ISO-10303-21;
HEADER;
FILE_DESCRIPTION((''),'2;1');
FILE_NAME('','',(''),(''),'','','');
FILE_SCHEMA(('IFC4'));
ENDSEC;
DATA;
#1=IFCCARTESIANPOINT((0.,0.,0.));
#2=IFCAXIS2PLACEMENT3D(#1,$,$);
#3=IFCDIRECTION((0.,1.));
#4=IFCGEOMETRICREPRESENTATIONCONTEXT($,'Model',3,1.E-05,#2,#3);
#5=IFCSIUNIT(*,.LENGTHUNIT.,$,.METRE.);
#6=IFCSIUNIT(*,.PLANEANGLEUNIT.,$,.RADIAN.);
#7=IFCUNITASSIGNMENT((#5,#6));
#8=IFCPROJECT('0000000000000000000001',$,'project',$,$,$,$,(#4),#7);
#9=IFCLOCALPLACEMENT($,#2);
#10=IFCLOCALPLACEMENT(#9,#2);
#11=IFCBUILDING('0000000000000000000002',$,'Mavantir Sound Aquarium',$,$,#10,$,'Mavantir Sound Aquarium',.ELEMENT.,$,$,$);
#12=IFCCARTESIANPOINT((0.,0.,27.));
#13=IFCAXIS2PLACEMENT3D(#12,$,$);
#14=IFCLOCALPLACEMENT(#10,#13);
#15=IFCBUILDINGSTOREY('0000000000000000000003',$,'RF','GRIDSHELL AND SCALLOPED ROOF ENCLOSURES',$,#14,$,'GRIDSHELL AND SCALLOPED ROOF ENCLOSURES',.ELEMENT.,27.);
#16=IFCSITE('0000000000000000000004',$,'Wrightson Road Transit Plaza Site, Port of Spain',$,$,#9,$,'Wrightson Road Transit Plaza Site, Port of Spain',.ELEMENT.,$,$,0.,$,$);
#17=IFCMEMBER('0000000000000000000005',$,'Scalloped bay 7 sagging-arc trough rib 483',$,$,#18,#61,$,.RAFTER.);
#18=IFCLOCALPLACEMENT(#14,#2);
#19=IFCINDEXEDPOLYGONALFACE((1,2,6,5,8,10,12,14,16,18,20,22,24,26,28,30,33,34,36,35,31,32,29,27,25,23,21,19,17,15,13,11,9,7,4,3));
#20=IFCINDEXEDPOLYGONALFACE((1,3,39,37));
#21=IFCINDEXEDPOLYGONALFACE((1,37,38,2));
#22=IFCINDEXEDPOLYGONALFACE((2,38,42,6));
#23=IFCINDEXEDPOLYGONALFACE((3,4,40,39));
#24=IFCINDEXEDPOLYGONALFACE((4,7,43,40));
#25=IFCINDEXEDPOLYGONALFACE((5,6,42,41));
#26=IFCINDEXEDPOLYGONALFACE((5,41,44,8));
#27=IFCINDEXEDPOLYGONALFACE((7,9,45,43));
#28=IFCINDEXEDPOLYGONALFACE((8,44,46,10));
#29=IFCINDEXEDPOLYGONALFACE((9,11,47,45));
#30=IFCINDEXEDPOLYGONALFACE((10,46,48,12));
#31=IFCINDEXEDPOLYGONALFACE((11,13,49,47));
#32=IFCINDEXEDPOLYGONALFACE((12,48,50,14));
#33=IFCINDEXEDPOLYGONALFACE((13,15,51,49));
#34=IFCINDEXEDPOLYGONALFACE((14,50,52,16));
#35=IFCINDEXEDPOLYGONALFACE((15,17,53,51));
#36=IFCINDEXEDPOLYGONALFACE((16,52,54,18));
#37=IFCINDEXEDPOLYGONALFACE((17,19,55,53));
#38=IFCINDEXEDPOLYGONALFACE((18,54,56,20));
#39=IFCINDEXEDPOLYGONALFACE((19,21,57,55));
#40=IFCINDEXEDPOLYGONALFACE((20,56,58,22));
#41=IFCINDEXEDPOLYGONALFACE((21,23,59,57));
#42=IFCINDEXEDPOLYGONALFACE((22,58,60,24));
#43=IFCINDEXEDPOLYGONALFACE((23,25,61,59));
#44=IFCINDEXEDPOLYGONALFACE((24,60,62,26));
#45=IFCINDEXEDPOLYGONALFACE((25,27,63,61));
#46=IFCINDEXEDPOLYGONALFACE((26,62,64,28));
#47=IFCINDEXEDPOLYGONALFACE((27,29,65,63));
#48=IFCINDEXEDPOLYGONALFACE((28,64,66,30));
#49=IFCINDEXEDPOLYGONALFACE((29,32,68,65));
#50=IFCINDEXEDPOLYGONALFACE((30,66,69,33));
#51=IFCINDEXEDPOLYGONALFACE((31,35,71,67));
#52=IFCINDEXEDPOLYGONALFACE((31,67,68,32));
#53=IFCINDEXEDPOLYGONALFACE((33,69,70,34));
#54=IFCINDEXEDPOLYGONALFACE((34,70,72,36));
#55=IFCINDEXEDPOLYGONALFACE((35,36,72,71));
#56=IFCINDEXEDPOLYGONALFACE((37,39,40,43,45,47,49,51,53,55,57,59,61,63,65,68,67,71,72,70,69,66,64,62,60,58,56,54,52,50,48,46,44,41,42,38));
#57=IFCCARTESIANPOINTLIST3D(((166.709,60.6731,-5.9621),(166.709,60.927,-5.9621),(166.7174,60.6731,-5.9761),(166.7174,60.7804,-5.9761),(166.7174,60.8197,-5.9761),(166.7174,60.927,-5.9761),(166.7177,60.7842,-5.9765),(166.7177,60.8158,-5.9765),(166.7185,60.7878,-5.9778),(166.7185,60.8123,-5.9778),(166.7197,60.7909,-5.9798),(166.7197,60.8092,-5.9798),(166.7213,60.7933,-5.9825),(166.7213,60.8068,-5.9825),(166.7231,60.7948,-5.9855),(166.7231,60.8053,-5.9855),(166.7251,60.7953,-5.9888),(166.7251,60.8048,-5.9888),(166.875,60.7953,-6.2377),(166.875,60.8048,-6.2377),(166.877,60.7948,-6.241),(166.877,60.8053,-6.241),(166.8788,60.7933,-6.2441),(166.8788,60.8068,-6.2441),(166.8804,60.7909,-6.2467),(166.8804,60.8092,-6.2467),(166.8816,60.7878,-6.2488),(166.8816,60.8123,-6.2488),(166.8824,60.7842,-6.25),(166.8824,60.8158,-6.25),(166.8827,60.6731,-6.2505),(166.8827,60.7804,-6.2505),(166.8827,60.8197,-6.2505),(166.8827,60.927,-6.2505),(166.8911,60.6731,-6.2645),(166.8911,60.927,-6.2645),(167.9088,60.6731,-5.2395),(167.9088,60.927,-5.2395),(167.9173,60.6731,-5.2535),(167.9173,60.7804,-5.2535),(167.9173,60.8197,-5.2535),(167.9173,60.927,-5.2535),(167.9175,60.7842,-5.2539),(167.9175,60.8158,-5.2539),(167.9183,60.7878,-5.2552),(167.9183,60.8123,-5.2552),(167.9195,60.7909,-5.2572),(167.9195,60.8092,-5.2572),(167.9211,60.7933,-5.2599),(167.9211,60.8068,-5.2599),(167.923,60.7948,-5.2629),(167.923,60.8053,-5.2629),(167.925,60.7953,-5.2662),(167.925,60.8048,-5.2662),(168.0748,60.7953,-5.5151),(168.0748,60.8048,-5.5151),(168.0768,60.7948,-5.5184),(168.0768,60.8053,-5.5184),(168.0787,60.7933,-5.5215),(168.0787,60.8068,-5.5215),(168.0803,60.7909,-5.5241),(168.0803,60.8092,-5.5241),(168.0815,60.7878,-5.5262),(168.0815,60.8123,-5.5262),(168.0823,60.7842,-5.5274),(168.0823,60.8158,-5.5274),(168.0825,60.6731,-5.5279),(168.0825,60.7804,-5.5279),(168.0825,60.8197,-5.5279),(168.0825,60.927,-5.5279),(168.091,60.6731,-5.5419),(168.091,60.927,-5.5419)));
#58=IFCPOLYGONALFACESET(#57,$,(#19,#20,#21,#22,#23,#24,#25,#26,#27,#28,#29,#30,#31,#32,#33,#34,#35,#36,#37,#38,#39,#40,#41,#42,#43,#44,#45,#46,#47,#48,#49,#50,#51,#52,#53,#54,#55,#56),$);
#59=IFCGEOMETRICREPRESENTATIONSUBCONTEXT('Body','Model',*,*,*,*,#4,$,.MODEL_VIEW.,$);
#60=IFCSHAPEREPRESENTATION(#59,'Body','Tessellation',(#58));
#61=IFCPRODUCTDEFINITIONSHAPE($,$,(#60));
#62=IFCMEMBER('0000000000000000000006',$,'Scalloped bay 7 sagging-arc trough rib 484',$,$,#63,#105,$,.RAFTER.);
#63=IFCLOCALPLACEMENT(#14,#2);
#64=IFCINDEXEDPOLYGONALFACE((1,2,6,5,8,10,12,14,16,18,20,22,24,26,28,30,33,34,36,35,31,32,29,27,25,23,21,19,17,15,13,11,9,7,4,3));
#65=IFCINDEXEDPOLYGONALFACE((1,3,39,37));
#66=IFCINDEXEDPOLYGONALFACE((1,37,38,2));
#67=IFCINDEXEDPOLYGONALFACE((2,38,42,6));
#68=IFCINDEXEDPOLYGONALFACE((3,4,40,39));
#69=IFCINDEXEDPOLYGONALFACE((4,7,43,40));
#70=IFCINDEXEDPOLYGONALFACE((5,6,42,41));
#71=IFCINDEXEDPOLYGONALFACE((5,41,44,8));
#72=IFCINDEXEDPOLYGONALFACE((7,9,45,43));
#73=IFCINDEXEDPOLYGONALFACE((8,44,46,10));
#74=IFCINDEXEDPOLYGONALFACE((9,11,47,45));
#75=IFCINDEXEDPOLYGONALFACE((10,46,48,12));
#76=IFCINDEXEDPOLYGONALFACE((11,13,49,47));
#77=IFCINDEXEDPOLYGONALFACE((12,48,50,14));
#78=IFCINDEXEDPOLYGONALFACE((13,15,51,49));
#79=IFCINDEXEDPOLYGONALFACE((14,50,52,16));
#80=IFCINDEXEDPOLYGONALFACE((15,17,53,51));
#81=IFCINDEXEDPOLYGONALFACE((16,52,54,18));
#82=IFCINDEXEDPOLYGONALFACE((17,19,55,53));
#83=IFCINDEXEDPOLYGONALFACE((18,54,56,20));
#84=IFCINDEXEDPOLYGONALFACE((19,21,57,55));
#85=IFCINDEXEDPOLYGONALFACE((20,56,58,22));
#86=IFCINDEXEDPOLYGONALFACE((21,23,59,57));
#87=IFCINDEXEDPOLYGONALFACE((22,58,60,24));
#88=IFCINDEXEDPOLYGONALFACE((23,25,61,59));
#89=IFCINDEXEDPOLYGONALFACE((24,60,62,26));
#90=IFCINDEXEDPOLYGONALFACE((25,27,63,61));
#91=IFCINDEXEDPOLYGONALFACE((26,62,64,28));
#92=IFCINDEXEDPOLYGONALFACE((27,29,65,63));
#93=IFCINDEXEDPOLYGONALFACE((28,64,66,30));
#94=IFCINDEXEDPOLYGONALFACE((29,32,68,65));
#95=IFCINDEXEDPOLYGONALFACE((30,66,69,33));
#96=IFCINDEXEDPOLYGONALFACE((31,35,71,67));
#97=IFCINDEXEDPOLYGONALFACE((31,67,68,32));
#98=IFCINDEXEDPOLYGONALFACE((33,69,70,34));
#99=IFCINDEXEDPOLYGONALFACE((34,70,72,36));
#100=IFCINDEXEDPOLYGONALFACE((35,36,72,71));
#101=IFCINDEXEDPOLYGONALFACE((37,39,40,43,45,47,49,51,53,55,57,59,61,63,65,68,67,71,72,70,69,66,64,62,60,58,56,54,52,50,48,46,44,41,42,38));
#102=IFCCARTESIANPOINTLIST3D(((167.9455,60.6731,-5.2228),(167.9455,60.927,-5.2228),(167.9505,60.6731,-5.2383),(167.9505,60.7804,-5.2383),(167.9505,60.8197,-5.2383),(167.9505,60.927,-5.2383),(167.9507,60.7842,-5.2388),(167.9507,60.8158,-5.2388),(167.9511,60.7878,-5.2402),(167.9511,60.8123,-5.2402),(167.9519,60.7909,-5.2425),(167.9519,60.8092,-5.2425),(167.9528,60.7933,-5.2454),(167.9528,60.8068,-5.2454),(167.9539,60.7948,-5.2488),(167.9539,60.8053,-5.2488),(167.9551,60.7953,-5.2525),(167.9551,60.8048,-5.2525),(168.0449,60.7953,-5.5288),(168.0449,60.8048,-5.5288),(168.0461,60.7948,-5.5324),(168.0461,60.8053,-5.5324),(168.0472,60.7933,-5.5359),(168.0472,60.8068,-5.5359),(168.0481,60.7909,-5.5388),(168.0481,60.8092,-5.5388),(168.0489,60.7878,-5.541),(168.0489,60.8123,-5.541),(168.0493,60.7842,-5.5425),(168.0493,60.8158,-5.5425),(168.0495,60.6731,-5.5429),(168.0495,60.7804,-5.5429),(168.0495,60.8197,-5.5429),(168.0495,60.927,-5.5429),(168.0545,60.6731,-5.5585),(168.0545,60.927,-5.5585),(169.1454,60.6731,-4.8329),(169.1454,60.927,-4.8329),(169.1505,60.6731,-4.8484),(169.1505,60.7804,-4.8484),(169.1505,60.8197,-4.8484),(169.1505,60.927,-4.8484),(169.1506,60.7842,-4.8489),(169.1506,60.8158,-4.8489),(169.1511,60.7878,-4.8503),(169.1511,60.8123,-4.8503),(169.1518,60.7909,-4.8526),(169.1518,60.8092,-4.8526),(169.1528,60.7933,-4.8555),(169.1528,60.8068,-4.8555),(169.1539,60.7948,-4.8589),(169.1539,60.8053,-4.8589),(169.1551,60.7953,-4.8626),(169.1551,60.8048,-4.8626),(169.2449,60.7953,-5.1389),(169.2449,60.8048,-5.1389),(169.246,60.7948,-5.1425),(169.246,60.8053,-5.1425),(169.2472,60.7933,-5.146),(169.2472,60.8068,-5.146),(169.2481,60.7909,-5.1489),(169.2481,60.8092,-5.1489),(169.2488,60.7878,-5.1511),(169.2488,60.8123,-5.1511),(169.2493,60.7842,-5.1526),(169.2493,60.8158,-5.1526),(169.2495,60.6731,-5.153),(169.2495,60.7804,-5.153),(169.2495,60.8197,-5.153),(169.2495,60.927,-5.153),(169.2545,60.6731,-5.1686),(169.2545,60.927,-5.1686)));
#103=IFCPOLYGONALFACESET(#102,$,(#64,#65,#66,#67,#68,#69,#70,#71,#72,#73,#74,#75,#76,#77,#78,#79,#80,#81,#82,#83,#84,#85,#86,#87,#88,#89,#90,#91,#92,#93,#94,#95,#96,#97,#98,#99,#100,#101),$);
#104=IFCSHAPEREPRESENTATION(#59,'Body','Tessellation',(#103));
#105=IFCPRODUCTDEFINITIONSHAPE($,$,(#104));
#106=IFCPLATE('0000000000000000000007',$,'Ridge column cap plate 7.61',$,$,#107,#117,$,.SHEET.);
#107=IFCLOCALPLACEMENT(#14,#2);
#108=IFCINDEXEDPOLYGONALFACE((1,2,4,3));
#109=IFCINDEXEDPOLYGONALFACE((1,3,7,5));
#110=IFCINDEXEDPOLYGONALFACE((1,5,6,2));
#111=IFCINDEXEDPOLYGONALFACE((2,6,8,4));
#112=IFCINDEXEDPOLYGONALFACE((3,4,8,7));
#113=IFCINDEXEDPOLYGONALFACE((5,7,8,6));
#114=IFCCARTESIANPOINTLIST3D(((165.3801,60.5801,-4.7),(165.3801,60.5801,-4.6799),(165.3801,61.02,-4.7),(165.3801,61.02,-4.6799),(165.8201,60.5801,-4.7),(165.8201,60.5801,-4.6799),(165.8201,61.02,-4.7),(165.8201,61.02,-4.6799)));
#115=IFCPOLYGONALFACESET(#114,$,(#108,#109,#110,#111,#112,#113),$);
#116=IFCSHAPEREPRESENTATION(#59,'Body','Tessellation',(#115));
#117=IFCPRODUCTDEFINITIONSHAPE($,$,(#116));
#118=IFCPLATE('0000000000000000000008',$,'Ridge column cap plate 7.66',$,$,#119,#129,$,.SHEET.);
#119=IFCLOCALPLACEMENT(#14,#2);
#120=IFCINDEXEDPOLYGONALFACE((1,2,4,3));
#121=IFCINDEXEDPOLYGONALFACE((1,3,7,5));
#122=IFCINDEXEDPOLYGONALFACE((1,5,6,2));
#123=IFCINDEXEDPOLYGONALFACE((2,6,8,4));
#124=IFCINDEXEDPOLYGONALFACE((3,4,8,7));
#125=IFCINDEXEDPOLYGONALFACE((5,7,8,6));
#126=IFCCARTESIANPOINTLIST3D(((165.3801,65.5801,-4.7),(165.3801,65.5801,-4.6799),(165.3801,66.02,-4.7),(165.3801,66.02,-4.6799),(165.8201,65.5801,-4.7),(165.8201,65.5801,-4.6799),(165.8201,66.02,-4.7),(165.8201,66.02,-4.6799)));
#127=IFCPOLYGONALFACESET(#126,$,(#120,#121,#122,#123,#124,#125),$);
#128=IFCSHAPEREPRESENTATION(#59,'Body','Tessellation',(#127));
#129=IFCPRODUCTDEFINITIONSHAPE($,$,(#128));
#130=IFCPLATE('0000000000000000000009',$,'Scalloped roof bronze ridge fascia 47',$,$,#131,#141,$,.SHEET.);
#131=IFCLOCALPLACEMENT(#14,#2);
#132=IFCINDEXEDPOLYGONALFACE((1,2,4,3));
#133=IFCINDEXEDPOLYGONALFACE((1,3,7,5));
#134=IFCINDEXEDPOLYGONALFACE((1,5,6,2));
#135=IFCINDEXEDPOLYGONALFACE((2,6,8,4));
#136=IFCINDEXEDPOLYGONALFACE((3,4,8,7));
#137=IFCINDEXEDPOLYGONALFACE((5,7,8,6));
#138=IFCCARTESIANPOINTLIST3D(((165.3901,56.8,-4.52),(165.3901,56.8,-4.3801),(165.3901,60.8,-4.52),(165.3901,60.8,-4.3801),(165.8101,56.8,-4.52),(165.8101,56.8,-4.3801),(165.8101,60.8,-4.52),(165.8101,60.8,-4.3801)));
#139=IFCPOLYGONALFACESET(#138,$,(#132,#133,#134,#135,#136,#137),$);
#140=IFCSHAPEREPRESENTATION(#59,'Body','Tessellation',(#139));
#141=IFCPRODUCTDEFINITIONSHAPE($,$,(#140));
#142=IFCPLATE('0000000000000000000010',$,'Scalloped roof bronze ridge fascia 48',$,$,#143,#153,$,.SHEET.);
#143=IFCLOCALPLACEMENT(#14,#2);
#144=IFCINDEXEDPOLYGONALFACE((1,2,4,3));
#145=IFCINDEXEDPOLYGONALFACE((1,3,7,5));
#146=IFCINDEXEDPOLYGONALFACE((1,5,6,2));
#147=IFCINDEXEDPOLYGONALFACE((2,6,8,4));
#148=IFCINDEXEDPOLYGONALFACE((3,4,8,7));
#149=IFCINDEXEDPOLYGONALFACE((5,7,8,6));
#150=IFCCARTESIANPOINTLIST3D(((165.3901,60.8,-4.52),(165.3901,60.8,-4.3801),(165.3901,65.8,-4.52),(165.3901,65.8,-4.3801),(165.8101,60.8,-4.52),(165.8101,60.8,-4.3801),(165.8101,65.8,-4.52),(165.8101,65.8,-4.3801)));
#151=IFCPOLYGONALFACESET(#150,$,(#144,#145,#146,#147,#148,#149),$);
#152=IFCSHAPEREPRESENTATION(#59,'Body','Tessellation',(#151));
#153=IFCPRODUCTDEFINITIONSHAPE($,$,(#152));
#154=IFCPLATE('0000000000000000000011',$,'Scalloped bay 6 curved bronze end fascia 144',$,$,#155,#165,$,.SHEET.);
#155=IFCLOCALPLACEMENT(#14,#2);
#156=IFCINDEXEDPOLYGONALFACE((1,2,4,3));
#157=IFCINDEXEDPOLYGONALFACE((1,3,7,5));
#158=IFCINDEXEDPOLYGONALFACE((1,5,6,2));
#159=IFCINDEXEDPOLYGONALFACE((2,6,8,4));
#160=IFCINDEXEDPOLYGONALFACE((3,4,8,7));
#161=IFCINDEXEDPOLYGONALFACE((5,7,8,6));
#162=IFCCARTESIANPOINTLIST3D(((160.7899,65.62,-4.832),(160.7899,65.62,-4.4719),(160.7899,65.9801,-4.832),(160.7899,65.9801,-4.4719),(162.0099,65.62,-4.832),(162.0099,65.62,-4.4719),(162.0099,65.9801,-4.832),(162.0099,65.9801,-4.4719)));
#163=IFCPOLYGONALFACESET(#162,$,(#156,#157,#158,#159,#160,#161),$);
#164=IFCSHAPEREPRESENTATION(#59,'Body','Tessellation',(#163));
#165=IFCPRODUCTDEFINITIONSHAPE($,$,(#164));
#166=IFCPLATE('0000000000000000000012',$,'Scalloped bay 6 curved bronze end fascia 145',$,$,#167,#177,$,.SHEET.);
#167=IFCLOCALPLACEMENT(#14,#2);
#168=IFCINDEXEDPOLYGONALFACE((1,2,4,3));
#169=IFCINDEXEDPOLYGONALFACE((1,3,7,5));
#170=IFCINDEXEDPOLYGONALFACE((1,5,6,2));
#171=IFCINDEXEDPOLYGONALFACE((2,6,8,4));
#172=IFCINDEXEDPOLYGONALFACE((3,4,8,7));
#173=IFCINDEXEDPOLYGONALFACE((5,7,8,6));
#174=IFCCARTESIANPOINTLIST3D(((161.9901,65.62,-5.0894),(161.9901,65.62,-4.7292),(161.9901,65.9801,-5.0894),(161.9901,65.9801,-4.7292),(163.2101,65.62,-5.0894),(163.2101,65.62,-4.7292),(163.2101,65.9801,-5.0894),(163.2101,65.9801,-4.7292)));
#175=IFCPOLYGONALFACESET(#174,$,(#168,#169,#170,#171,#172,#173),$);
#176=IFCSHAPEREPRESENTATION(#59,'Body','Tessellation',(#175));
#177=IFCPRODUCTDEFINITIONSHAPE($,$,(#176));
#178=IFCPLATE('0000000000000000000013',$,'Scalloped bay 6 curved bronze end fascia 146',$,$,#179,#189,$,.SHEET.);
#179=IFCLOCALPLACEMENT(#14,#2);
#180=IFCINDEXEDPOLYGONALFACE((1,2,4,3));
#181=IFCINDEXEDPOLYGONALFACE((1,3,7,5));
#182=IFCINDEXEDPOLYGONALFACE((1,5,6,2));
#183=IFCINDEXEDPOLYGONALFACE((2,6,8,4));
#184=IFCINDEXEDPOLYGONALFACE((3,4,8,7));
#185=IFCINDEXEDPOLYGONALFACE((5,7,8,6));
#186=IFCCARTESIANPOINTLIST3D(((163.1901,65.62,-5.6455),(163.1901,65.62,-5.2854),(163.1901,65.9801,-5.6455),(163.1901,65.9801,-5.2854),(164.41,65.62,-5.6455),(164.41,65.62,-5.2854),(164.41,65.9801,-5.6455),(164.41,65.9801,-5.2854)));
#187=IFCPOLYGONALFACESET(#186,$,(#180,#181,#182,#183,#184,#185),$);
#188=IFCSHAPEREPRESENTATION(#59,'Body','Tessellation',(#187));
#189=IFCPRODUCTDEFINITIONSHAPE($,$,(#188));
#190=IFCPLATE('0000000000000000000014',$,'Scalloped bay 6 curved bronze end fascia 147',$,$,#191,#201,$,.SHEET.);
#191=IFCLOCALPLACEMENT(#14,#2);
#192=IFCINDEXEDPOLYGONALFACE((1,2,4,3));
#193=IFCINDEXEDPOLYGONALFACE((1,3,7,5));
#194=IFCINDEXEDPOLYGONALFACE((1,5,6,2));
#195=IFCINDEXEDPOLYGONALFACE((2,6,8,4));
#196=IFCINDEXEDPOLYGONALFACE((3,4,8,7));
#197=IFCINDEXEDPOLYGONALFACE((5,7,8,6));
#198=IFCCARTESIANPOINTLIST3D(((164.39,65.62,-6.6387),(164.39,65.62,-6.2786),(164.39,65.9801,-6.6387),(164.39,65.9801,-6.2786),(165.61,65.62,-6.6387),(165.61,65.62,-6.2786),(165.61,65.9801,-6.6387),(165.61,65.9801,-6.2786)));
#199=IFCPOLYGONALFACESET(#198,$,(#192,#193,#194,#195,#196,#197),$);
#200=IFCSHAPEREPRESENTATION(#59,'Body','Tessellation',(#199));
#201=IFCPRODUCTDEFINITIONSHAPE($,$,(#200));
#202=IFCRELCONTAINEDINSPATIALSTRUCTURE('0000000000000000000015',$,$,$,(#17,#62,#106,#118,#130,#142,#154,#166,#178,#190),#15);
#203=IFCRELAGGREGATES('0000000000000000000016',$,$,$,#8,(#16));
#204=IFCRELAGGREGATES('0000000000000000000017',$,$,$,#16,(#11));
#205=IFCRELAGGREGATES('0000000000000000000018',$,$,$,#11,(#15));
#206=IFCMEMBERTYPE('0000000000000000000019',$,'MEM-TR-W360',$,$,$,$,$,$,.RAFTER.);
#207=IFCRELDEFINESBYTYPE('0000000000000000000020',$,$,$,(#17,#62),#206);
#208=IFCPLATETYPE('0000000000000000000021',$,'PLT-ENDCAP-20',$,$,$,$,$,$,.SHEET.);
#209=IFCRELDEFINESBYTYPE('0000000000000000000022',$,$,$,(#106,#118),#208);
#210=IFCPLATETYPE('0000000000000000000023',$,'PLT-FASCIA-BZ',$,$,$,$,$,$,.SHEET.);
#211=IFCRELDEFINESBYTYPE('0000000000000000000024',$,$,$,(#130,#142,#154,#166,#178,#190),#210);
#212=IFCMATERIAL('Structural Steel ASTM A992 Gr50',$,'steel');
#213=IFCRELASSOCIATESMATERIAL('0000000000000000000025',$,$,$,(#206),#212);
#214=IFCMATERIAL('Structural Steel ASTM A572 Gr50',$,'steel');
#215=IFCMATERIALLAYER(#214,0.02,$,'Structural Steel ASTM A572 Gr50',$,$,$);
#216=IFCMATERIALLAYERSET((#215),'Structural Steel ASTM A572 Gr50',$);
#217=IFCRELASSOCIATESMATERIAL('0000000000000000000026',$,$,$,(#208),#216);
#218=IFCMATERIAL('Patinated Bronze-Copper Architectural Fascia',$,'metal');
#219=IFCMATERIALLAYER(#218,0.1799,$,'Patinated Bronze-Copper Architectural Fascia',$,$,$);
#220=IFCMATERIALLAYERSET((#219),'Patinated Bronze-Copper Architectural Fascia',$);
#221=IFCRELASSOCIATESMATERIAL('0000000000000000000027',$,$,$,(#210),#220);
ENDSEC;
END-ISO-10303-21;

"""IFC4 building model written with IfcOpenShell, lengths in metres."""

from ifc_helpers import new_model, si_unit, direction, frame, origin, origin_2d, place, context, subcontext, project, spatial, rectangle, i_section, extrude, material, layer, layer_set, material_profile, profile_set, type_object, element, save


model = new_model("IFC4")

# Units and contexts
model_context = context("Model", 3, precision=1e-05, world=origin(), true_north=direction((0.0, 1.0)))
body_context = subcontext(model_context, "Body", "Model", "MODEL_VIEW")
ifc_project = project(units=[si_unit("LENGTHUNIT", "METRE"), si_unit("PLANEANGLEUNIT", "RADIAN")], contexts=[model_context])

# Site, building, storey
site_placement = place(None, origin())
site = spatial("IfcSite", under=ifc_project, at=site_placement, Name="Wrightson Road Transit Plaza Site, Port of Spain", LongName="Wrightson Road Transit Plaza Site, Port of Spain", CompositionType="ELEMENT", RefElevation=0.0)
building_placement = place(site_placement, origin())
building = spatial("IfcBuilding", under=site, at=building_placement, Name="Mavantir Sound Aquarium", LongName="Mavantir Sound Aquarium", CompositionType="ELEMENT")
storey_placement = place(building_placement, frame((0.0, 0.0, 27.0)))
storey = spatial("IfcBuildingStorey", under=building, at=storey_placement, Name="RF", Description="GRIDSHELL AND SCALLOPED ROOF ENCLOSURES", LongName="GRIDSHELL AND SCALLOPED ROOF ENCLOSURES", CompositionType="ELEMENT", Elevation=27.0)

# Shared definitions
ifc_material_1 = material(Name="Structural Steel ASTM A992 Gr50", Category="steel")

# Members
ifc_material_profile_1 = material_profile(ifc_material_1, i_section(OverallWidth=0.2539, OverallDepth=0.353, WebThickness=0.0095, FlangeThickness=0.0164, FilletRadius=0.0149, at=origin_2d()), Name="W360X91")
ifc_profile_set_1 = profile_set([ifc_material_profile_1], Name="Structural Steel ASTM A992 Gr50")
member_type_1 = type_object("IfcMemberType", Name="MEM-TR-W360", PredefinedType="RAFTER", material=ifc_profile_set_1)
member_1_placement = place(storey_placement, frame((166.8, 60.8, -6.1133), z_axis=(0.856646, 0.0, 0.515905), x_axis=(0.0, 1.0, 0.0)))
element("IfcMember", 1, at=member_1_placement, inside=storey, type_object=member_type_1, Name="Scalloped bay 7 sagging-arc trough rib 483", PredefinedType="RAFTER", context=body_context, shape_type="SweptSolid", body=[
    extrude(i_section(OverallWidth=0.2539, OverallDepth=0.353, WebThickness=0.0095, FlangeThickness=0.0164, FilletRadius=0.0149, at=origin_2d()), origin(), (0.0, 0.0, 1.0), 1.4006),
])
member_2_placement = place(storey_placement, frame((168.0, 60.8, -5.3906), z_axis=(0.951055, 0.0, 0.30902), x_axis=(0.0, 1.0, 0.0)))
element("IfcMember", 2, at=member_2_placement, inside=storey, type_object=member_type_1, Name="Scalloped bay 7 sagging-arc trough rib 484", PredefinedType="RAFTER", context=body_context, shape_type="SweptSolid", body=[
    extrude(i_section(OverallWidth=0.2539, OverallDepth=0.353, WebThickness=0.0095, FlangeThickness=0.0164, FilletRadius=0.0149, at=origin_2d()), origin(), (0.0, 0.0, 1.0), 1.2617),
])

# Plates
ifc_material_2 = material(Name="Structural Steel ASTM A572 Gr50", Category="steel")
ifc_layer_1 = layer(ifc_material_2, 0.02, Name="Structural Steel ASTM A572 Gr50")
ifc_layer_set_1 = layer_set([ifc_layer_1], Name="Structural Steel ASTM A572 Gr50")
plate_type_1 = type_object("IfcPlateType", Name="PLT-ENDCAP-20", PredefinedType="SHEET", material=ifc_layer_set_1)
for number, where, z_axis, x_axis, name in (
    (3, (165.6001, 60.8, -4.7), (0.0, 0.0, 1.0), (1.0, 0.0, 0.0), "Ridge column cap plate 7.61"),
    (4, (165.6001, 65.8, -4.7), (0.0, 0.0, 1.0), (1.0, 0.0, 0.0), "Ridge column cap plate 7.66"),
):
    element("IfcPlate", number, at=place(storey_placement, frame(where, z_axis=z_axis, x_axis=x_axis)), inside=storey, type_object=plate_type_1, Name=name, PredefinedType="SHEET", context=body_context, shape_type="SweptSolid", body=[
        extrude(rectangle(XDim=0.4399, YDim=0.4399, at=origin_2d()), origin(), (0.0, 0.0, 1.0), 0.02),
    ])
ifc_material_3 = material(Name="Patinated Bronze-Copper Architectural Fascia", Category="metal")
ifc_layer_2 = layer(ifc_material_3, 0.1799, Name="Patinated Bronze-Copper Architectural Fascia")
ifc_layer_set_2 = layer_set([ifc_layer_2], Name="Patinated Bronze-Copper Architectural Fascia")
plate_type_2 = type_object("IfcPlateType", Name="PLT-FASCIA-BZ", PredefinedType="SHEET", material=ifc_layer_set_2)
plate_1_placement = place(storey_placement, frame((165.6001, 58.8, -4.52), z_axis=(0.0, 0.0, 1.0), x_axis=(1.0, 0.0, 0.0)))
element("IfcPlate", 5, at=plate_1_placement, inside=storey, type_object=plate_type_2, Name="Scalloped roof bronze ridge fascia 47", PredefinedType="SHEET", context=body_context, shape_type="SweptSolid", body=[
    extrude(rectangle(XDim=0.4199, YDim=4.0, at=origin_2d()), origin(), (0.0, 0.0, 1.0), 0.1399),
])
plate_2_placement = place(storey_placement, frame((165.6001, 63.3, -4.52), z_axis=(0.0, 0.0, 1.0), x_axis=(1.0, 0.0, 0.0)))
element("IfcPlate", 6, at=plate_2_placement, inside=storey, type_object=plate_type_2, Name="Scalloped roof bronze ridge fascia 48", PredefinedType="SHEET", context=body_context, shape_type="SweptSolid", body=[
    extrude(rectangle(XDim=0.4199, YDim=5.0, at=origin_2d()), origin(), (0.0, 0.0, 1.0), 0.1399),
])
for number, where, z_axis, x_axis, name in (
    (7, (161.3999, 65.8, -4.832), (0.0, 0.0, 1.0), (1.0, 0.0, 0.0), "Scalloped bay 6 curved bronze end fascia 144"),
    (8, (162.6001, 65.8, -5.0894), (0.0, 0.0, 1.0), (1.0, 0.0, 0.0), "Scalloped bay 6 curved bronze end fascia 145"),
    (9, (163.8, 65.8, -5.6455), (0.0, 0.0, 1.0), (1.0, 0.0, 0.0), "Scalloped bay 6 curved bronze end fascia 146"),
    (10, (165.0, 65.8, -6.6387), (0.0, 0.0, 1.0), (1.0, 0.0, 0.0), "Scalloped bay 6 curved bronze end fascia 147"),
):
    element("IfcPlate", number, at=place(storey_placement, frame(where, z_axis=z_axis, x_axis=x_axis)), inside=storey, type_object=plate_type_2, Name=name, PredefinedType="SHEET", context=body_context, shape_type="SweptSolid", body=[
        extrude(rectangle(XDim=1.22, YDim=0.3601, at=origin_2d()), origin(), (0.0, 0.0, 1.0), 0.3601),
    ])

save(model, "model.ifc")
